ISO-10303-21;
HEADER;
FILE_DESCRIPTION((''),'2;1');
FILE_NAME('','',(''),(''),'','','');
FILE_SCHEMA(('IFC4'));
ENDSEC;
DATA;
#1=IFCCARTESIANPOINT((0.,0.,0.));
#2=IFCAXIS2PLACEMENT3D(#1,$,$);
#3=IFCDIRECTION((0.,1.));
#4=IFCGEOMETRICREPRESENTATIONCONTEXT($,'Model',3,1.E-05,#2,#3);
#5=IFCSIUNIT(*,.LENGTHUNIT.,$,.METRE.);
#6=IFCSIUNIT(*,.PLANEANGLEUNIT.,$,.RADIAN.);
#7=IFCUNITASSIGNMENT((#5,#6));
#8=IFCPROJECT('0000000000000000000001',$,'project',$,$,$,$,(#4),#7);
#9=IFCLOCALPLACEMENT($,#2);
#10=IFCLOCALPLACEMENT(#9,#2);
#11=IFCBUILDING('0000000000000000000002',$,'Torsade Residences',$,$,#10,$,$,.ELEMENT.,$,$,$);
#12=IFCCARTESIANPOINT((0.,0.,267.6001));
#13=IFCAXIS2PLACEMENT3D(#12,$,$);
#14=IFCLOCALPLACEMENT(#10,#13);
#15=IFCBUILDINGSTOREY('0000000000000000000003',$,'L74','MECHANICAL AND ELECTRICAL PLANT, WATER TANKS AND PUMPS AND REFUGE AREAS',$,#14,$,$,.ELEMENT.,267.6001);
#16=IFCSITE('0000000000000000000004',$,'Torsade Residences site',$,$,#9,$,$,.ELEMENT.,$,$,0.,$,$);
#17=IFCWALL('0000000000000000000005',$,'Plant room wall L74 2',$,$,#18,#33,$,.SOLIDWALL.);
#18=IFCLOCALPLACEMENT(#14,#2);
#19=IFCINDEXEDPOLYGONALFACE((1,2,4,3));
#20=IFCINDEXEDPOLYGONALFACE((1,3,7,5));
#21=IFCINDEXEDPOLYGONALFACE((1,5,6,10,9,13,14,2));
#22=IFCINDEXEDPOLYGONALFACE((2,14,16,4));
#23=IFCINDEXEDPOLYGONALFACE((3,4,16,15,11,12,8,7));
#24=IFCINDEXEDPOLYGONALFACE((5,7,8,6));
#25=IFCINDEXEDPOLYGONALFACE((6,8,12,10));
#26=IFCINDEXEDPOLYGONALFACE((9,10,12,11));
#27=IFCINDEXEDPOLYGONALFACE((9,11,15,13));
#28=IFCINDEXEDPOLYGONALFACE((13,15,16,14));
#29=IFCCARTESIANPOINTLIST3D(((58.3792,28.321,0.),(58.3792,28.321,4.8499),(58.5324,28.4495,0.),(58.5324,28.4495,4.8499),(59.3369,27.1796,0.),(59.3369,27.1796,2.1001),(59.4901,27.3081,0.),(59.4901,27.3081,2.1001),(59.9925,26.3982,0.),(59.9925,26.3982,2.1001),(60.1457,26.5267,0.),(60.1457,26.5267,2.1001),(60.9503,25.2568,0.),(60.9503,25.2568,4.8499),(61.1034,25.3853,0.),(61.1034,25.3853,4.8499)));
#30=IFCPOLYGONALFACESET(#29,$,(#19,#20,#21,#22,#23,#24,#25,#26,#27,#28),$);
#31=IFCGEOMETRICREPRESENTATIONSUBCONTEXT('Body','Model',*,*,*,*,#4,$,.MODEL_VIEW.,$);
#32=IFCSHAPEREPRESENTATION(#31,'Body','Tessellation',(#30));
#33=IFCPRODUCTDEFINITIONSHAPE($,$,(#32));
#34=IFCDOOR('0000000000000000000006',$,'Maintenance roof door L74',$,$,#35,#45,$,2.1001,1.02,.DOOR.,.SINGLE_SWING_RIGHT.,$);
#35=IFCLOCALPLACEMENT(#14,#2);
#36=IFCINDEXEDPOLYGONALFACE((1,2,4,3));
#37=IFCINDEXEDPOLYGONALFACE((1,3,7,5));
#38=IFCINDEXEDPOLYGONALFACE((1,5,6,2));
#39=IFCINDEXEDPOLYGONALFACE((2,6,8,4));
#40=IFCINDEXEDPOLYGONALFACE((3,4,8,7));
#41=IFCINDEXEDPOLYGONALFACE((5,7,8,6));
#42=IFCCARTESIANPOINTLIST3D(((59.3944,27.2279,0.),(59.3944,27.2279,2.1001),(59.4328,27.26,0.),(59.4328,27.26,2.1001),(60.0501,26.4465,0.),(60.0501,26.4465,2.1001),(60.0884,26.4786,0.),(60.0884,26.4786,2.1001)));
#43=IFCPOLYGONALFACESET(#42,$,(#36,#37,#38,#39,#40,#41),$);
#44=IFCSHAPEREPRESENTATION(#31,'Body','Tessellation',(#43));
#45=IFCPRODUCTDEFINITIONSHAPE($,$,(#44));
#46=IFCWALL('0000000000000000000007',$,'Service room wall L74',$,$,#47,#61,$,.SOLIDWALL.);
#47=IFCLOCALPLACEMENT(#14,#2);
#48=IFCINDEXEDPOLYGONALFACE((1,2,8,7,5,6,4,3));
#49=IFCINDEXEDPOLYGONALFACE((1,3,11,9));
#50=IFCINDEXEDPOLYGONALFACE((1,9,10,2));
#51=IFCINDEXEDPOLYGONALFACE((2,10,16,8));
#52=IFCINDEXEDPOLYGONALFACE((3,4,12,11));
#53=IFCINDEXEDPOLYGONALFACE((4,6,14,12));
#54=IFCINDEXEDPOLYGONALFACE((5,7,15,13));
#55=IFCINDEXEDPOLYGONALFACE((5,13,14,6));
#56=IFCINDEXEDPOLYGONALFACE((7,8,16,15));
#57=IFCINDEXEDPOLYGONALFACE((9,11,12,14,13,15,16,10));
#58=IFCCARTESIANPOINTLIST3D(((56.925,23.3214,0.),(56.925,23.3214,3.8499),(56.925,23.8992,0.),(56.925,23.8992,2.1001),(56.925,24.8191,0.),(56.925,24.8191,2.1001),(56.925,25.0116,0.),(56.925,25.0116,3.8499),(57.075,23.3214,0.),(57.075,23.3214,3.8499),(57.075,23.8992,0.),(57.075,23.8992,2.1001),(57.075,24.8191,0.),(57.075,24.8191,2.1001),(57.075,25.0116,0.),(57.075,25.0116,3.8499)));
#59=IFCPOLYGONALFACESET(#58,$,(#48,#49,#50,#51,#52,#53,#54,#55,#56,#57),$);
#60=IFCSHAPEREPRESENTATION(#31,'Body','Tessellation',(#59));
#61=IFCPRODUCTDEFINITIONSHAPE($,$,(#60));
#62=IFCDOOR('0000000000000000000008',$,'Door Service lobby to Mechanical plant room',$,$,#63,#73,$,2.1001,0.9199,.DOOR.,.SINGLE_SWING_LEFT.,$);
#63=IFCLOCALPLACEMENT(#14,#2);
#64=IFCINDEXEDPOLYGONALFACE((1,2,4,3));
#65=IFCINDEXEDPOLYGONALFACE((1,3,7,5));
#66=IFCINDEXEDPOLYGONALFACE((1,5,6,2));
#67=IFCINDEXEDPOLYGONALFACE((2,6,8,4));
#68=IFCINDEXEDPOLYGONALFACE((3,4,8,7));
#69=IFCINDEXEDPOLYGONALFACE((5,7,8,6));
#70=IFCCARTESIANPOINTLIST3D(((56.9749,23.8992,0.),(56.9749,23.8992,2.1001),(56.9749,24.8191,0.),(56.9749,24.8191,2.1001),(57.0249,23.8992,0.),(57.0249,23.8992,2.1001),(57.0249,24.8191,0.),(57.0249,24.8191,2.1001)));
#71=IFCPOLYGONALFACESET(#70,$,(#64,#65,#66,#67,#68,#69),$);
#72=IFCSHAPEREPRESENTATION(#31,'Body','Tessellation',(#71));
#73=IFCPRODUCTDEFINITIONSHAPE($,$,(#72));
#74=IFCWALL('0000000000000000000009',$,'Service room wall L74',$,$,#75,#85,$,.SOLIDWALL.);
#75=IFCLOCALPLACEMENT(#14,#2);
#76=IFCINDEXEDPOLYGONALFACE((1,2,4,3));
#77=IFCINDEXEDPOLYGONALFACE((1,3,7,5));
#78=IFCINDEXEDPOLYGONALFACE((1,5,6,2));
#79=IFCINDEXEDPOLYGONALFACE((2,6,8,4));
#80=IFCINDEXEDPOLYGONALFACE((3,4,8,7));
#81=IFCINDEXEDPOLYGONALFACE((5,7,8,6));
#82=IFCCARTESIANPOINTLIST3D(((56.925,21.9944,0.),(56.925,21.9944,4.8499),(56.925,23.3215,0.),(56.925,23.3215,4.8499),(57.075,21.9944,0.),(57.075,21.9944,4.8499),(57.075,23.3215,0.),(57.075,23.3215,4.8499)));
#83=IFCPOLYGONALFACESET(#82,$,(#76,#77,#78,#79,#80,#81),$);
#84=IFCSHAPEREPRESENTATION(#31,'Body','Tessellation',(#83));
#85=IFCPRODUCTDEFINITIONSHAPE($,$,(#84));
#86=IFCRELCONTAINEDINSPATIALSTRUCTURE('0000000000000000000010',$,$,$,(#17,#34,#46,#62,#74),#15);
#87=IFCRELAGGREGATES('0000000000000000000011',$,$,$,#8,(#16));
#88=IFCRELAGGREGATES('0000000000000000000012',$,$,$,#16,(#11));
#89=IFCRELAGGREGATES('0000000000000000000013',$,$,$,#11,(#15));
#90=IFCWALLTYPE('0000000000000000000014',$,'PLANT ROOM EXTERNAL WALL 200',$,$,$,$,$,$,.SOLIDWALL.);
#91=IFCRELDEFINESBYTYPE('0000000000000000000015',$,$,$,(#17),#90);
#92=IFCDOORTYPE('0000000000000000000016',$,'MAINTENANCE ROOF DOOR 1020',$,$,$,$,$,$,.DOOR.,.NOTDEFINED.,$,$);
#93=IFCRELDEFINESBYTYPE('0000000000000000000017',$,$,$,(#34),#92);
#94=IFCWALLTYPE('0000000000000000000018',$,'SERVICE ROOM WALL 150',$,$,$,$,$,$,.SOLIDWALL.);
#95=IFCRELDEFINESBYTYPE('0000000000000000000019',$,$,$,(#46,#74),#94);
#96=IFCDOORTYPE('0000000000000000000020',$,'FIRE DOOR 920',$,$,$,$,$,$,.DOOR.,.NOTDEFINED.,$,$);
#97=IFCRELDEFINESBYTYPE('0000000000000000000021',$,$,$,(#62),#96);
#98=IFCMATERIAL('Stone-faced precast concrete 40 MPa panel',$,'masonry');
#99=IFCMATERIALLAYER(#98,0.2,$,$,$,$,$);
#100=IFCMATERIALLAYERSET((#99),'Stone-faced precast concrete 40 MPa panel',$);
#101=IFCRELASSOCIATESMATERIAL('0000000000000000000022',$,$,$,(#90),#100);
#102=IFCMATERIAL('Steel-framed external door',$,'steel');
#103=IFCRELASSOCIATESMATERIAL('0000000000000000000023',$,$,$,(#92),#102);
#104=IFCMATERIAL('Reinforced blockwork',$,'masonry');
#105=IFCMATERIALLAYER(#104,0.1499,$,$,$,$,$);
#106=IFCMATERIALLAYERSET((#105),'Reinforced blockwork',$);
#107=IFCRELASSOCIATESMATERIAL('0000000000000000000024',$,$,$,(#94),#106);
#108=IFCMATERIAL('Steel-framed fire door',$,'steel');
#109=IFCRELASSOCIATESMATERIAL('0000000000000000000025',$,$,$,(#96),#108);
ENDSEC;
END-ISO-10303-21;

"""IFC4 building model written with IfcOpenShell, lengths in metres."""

from ifc_helpers import new_model, si_unit, direction, frame, frame_2d, origin, place, context, subcontext, project, spatial, rectangle, extrude, material, layer, layer_set, type_object, element, fill, save


model = new_model("IFC4")

# Units and contexts
model_context = context("Model", 3, precision=1e-05, world=origin(), true_north=direction((0.0, 1.0)))
body_context = subcontext(model_context, "Body", "Model", "MODEL_VIEW")
ifc_project = project(units=[si_unit("LENGTHUNIT", "METRE"), si_unit("PLANEANGLEUNIT", "RADIAN")], contexts=[model_context])

# Site, building, storey
site_placement = place(None, origin())
site = spatial("IfcSite", under=ifc_project, at=site_placement, Name="Torsade Residences site", CompositionType="ELEMENT", RefElevation=0.0)
building_placement = place(site_placement, origin())
building = spatial("IfcBuilding", under=site, at=building_placement, Name="Torsade Residences", CompositionType="ELEMENT")
storey_placement = place(building_placement, frame((0.0, 0.0, 267.6001)))
storey = spatial("IfcBuildingStorey", under=building, at=storey_placement, Name="L74", Description="MECHANICAL AND ELECTRICAL PLANT, WATER TANKS AND PUMPS AND REFUGE AREAS", CompositionType="ELEMENT", Elevation=267.6001)

# Walls, openings, doors
ifc_material_1 = material(Name="Stone-faced precast concrete 40 MPa panel", Category="masonry")
ifc_layer_1 = layer(ifc_material_1, 0.2)
ifc_layer_set_1 = layer_set([ifc_layer_1], Name="Stone-faced precast concrete 40 MPa panel")
wall_type_1 = type_object("IfcWallType", Name="PLANT ROOM EXTERNAL WALL 200", PredefinedType="SOLIDWALL", material=ifc_layer_set_1)
wall_1_placement = place(storey_placement, frame((61.0269, 25.321, 0.0), z_axis=(0.0, 0.0, 1.0), x_axis=(-0.642768, 0.766061, 0.0)))
wall_1 = element("IfcWall", 1, at=wall_1_placement, inside=storey, type_object=wall_type_1, Name="Plant room wall L74 2", PredefinedType="SOLIDWALL", context=body_context, shape_type="SweptSolid", body=[
    extrude(rectangle(XDim=4.0, YDim=0.2, at=frame_2d((2.0, 0.0))), origin(), (0.0, 0.0, 1.0), 4.8499),
])
opening_1_placement = place(wall_1_placement, frame((1.49, 0.0, 0.0)))
opening_1 = element("IfcOpeningElement", 2, at=opening_1_placement, cuts=wall_1, PredefinedType="OPENING", context=body_context, shape_type="SweptSolid", body=[
    extrude(rectangle(XDim=1.02, YDim=2.1001, at=frame_2d((0.51, 1.05))), frame((0.0, 0.1099, 0.0), z_axis=(0.0, -1.0, 0.0), x_axis=(1.0, 0.0, 0.0)), (0.0, 0.0, 1.0), 0.22),
])
ifc_material_2 = material(Name="Steel-framed external door", Category="steel")
door_type_1 = type_object("IfcDoorType", Name="MAINTENANCE ROOF DOOR 1020", OperationType="NOTDEFINED", PredefinedType="DOOR", material=ifc_material_2)
door_1_placement = place(opening_1_placement, origin())
door_1 = element("IfcDoor", 3, at=door_1_placement, inside=storey, type_object=door_type_1, Name="Maintenance roof door L74", OperationType="SINGLE_SWING_RIGHT", OverallHeight=2.1001, OverallWidth=1.02, PredefinedType="DOOR", context=body_context, shape_type="SweptSolid", body=[
    extrude(rectangle(XDim=1.02, YDim=2.1001, at=frame_2d((0.51, 1.05))), frame((0.0, 0.0249, 0.0), z_axis=(0.0, -1.0, 0.0), x_axis=(1.0, 0.0, 0.0)), (0.0, 0.0, 1.0), 0.05),
])
fill(opening_1, door_1)
ifc_material_3 = material(Name="Reinforced blockwork", Category="masonry")
ifc_layer_2 = layer(ifc_material_3, 0.1499)
ifc_layer_set_2 = layer_set([ifc_layer_2], Name="Reinforced blockwork")
wall_type_2 = type_object("IfcWallType", Name="SERVICE ROOM WALL 150", PredefinedType="SOLIDWALL", material=ifc_layer_set_2)
wall_2_placement = place(storey_placement, frame((57.0, 25.0117, 0.0), z_axis=(0.0, 0.0, 1.0), x_axis=(0.0, -1.0, 0.0)))
wall_2 = element("IfcWall", 4, at=wall_2_placement, inside=storey, type_object=wall_type_2, Name="Service room wall L74", PredefinedType="SOLIDWALL", context=body_context, shape_type="SweptSolid", body=[
    extrude(rectangle(XDim=1.6902, YDim=0.1499, at=frame_2d((0.8452, 0.0))), origin(), (0.0, 0.0, 1.0), 3.8499),
])
opening_2_placement = place(wall_2_placement, frame((0.1926, 0.0, 0.0)))
opening_2 = element("IfcOpeningElement", 5, at=opening_2_placement, cuts=wall_2, PredefinedType="OPENING", context=body_context, shape_type="SweptSolid", body=[
    extrude(rectangle(XDim=0.9199, YDim=2.1001, at=frame_2d((0.46, 1.05))), frame((0.0, 0.085, 0.0), z_axis=(0.0, -1.0, 0.0), x_axis=(1.0, 0.0, 0.0)), (0.0, 0.0, 1.0), 0.1699),
])
ifc_material_4 = material(Name="Steel-framed fire door", Category="steel")
door_type_2 = type_object("IfcDoorType", Name="FIRE DOOR 920", OperationType="NOTDEFINED", PredefinedType="DOOR", material=ifc_material_4)
door_2_placement = place(opening_2_placement, origin())
door_2 = element("IfcDoor", 6, at=door_2_placement, inside=storey, type_object=door_type_2, Name="Door Service lobby to Mechanical plant room", OperationType="SINGLE_SWING_LEFT", OverallHeight=2.1001, OverallWidth=0.9199, PredefinedType="DOOR", context=body_context, shape_type="SweptSolid", body=[
    extrude(rectangle(XDim=0.9199, YDim=2.1001, at=frame_2d((0.46, 1.05))), frame((0.0, 0.0249, 0.0), z_axis=(0.0, -1.0, 0.0), x_axis=(1.0, 0.0, 0.0)), (0.0, 0.0, 1.0), 0.05),
])
fill(opening_2, door_2)

# Wall
wall_3_placement = place(storey_placement, frame((57.0, 23.3215, 0.0), z_axis=(0.0, 0.0, 1.0), x_axis=(0.0, -1.0, 0.0)))
element("IfcWall", 7, at=wall_3_placement, inside=storey, type_object=wall_type_2, Name="Service room wall L74", PredefinedType="SOLIDWALL", context=body_context, shape_type="SweptSolid", body=[
    extrude(rectangle(XDim=1.3271, YDim=0.1499, at=frame_2d((0.6636, 0.0))), origin(), (0.0, 0.0, 1.0), 4.8499),
])

save(model, "model.ifc")
